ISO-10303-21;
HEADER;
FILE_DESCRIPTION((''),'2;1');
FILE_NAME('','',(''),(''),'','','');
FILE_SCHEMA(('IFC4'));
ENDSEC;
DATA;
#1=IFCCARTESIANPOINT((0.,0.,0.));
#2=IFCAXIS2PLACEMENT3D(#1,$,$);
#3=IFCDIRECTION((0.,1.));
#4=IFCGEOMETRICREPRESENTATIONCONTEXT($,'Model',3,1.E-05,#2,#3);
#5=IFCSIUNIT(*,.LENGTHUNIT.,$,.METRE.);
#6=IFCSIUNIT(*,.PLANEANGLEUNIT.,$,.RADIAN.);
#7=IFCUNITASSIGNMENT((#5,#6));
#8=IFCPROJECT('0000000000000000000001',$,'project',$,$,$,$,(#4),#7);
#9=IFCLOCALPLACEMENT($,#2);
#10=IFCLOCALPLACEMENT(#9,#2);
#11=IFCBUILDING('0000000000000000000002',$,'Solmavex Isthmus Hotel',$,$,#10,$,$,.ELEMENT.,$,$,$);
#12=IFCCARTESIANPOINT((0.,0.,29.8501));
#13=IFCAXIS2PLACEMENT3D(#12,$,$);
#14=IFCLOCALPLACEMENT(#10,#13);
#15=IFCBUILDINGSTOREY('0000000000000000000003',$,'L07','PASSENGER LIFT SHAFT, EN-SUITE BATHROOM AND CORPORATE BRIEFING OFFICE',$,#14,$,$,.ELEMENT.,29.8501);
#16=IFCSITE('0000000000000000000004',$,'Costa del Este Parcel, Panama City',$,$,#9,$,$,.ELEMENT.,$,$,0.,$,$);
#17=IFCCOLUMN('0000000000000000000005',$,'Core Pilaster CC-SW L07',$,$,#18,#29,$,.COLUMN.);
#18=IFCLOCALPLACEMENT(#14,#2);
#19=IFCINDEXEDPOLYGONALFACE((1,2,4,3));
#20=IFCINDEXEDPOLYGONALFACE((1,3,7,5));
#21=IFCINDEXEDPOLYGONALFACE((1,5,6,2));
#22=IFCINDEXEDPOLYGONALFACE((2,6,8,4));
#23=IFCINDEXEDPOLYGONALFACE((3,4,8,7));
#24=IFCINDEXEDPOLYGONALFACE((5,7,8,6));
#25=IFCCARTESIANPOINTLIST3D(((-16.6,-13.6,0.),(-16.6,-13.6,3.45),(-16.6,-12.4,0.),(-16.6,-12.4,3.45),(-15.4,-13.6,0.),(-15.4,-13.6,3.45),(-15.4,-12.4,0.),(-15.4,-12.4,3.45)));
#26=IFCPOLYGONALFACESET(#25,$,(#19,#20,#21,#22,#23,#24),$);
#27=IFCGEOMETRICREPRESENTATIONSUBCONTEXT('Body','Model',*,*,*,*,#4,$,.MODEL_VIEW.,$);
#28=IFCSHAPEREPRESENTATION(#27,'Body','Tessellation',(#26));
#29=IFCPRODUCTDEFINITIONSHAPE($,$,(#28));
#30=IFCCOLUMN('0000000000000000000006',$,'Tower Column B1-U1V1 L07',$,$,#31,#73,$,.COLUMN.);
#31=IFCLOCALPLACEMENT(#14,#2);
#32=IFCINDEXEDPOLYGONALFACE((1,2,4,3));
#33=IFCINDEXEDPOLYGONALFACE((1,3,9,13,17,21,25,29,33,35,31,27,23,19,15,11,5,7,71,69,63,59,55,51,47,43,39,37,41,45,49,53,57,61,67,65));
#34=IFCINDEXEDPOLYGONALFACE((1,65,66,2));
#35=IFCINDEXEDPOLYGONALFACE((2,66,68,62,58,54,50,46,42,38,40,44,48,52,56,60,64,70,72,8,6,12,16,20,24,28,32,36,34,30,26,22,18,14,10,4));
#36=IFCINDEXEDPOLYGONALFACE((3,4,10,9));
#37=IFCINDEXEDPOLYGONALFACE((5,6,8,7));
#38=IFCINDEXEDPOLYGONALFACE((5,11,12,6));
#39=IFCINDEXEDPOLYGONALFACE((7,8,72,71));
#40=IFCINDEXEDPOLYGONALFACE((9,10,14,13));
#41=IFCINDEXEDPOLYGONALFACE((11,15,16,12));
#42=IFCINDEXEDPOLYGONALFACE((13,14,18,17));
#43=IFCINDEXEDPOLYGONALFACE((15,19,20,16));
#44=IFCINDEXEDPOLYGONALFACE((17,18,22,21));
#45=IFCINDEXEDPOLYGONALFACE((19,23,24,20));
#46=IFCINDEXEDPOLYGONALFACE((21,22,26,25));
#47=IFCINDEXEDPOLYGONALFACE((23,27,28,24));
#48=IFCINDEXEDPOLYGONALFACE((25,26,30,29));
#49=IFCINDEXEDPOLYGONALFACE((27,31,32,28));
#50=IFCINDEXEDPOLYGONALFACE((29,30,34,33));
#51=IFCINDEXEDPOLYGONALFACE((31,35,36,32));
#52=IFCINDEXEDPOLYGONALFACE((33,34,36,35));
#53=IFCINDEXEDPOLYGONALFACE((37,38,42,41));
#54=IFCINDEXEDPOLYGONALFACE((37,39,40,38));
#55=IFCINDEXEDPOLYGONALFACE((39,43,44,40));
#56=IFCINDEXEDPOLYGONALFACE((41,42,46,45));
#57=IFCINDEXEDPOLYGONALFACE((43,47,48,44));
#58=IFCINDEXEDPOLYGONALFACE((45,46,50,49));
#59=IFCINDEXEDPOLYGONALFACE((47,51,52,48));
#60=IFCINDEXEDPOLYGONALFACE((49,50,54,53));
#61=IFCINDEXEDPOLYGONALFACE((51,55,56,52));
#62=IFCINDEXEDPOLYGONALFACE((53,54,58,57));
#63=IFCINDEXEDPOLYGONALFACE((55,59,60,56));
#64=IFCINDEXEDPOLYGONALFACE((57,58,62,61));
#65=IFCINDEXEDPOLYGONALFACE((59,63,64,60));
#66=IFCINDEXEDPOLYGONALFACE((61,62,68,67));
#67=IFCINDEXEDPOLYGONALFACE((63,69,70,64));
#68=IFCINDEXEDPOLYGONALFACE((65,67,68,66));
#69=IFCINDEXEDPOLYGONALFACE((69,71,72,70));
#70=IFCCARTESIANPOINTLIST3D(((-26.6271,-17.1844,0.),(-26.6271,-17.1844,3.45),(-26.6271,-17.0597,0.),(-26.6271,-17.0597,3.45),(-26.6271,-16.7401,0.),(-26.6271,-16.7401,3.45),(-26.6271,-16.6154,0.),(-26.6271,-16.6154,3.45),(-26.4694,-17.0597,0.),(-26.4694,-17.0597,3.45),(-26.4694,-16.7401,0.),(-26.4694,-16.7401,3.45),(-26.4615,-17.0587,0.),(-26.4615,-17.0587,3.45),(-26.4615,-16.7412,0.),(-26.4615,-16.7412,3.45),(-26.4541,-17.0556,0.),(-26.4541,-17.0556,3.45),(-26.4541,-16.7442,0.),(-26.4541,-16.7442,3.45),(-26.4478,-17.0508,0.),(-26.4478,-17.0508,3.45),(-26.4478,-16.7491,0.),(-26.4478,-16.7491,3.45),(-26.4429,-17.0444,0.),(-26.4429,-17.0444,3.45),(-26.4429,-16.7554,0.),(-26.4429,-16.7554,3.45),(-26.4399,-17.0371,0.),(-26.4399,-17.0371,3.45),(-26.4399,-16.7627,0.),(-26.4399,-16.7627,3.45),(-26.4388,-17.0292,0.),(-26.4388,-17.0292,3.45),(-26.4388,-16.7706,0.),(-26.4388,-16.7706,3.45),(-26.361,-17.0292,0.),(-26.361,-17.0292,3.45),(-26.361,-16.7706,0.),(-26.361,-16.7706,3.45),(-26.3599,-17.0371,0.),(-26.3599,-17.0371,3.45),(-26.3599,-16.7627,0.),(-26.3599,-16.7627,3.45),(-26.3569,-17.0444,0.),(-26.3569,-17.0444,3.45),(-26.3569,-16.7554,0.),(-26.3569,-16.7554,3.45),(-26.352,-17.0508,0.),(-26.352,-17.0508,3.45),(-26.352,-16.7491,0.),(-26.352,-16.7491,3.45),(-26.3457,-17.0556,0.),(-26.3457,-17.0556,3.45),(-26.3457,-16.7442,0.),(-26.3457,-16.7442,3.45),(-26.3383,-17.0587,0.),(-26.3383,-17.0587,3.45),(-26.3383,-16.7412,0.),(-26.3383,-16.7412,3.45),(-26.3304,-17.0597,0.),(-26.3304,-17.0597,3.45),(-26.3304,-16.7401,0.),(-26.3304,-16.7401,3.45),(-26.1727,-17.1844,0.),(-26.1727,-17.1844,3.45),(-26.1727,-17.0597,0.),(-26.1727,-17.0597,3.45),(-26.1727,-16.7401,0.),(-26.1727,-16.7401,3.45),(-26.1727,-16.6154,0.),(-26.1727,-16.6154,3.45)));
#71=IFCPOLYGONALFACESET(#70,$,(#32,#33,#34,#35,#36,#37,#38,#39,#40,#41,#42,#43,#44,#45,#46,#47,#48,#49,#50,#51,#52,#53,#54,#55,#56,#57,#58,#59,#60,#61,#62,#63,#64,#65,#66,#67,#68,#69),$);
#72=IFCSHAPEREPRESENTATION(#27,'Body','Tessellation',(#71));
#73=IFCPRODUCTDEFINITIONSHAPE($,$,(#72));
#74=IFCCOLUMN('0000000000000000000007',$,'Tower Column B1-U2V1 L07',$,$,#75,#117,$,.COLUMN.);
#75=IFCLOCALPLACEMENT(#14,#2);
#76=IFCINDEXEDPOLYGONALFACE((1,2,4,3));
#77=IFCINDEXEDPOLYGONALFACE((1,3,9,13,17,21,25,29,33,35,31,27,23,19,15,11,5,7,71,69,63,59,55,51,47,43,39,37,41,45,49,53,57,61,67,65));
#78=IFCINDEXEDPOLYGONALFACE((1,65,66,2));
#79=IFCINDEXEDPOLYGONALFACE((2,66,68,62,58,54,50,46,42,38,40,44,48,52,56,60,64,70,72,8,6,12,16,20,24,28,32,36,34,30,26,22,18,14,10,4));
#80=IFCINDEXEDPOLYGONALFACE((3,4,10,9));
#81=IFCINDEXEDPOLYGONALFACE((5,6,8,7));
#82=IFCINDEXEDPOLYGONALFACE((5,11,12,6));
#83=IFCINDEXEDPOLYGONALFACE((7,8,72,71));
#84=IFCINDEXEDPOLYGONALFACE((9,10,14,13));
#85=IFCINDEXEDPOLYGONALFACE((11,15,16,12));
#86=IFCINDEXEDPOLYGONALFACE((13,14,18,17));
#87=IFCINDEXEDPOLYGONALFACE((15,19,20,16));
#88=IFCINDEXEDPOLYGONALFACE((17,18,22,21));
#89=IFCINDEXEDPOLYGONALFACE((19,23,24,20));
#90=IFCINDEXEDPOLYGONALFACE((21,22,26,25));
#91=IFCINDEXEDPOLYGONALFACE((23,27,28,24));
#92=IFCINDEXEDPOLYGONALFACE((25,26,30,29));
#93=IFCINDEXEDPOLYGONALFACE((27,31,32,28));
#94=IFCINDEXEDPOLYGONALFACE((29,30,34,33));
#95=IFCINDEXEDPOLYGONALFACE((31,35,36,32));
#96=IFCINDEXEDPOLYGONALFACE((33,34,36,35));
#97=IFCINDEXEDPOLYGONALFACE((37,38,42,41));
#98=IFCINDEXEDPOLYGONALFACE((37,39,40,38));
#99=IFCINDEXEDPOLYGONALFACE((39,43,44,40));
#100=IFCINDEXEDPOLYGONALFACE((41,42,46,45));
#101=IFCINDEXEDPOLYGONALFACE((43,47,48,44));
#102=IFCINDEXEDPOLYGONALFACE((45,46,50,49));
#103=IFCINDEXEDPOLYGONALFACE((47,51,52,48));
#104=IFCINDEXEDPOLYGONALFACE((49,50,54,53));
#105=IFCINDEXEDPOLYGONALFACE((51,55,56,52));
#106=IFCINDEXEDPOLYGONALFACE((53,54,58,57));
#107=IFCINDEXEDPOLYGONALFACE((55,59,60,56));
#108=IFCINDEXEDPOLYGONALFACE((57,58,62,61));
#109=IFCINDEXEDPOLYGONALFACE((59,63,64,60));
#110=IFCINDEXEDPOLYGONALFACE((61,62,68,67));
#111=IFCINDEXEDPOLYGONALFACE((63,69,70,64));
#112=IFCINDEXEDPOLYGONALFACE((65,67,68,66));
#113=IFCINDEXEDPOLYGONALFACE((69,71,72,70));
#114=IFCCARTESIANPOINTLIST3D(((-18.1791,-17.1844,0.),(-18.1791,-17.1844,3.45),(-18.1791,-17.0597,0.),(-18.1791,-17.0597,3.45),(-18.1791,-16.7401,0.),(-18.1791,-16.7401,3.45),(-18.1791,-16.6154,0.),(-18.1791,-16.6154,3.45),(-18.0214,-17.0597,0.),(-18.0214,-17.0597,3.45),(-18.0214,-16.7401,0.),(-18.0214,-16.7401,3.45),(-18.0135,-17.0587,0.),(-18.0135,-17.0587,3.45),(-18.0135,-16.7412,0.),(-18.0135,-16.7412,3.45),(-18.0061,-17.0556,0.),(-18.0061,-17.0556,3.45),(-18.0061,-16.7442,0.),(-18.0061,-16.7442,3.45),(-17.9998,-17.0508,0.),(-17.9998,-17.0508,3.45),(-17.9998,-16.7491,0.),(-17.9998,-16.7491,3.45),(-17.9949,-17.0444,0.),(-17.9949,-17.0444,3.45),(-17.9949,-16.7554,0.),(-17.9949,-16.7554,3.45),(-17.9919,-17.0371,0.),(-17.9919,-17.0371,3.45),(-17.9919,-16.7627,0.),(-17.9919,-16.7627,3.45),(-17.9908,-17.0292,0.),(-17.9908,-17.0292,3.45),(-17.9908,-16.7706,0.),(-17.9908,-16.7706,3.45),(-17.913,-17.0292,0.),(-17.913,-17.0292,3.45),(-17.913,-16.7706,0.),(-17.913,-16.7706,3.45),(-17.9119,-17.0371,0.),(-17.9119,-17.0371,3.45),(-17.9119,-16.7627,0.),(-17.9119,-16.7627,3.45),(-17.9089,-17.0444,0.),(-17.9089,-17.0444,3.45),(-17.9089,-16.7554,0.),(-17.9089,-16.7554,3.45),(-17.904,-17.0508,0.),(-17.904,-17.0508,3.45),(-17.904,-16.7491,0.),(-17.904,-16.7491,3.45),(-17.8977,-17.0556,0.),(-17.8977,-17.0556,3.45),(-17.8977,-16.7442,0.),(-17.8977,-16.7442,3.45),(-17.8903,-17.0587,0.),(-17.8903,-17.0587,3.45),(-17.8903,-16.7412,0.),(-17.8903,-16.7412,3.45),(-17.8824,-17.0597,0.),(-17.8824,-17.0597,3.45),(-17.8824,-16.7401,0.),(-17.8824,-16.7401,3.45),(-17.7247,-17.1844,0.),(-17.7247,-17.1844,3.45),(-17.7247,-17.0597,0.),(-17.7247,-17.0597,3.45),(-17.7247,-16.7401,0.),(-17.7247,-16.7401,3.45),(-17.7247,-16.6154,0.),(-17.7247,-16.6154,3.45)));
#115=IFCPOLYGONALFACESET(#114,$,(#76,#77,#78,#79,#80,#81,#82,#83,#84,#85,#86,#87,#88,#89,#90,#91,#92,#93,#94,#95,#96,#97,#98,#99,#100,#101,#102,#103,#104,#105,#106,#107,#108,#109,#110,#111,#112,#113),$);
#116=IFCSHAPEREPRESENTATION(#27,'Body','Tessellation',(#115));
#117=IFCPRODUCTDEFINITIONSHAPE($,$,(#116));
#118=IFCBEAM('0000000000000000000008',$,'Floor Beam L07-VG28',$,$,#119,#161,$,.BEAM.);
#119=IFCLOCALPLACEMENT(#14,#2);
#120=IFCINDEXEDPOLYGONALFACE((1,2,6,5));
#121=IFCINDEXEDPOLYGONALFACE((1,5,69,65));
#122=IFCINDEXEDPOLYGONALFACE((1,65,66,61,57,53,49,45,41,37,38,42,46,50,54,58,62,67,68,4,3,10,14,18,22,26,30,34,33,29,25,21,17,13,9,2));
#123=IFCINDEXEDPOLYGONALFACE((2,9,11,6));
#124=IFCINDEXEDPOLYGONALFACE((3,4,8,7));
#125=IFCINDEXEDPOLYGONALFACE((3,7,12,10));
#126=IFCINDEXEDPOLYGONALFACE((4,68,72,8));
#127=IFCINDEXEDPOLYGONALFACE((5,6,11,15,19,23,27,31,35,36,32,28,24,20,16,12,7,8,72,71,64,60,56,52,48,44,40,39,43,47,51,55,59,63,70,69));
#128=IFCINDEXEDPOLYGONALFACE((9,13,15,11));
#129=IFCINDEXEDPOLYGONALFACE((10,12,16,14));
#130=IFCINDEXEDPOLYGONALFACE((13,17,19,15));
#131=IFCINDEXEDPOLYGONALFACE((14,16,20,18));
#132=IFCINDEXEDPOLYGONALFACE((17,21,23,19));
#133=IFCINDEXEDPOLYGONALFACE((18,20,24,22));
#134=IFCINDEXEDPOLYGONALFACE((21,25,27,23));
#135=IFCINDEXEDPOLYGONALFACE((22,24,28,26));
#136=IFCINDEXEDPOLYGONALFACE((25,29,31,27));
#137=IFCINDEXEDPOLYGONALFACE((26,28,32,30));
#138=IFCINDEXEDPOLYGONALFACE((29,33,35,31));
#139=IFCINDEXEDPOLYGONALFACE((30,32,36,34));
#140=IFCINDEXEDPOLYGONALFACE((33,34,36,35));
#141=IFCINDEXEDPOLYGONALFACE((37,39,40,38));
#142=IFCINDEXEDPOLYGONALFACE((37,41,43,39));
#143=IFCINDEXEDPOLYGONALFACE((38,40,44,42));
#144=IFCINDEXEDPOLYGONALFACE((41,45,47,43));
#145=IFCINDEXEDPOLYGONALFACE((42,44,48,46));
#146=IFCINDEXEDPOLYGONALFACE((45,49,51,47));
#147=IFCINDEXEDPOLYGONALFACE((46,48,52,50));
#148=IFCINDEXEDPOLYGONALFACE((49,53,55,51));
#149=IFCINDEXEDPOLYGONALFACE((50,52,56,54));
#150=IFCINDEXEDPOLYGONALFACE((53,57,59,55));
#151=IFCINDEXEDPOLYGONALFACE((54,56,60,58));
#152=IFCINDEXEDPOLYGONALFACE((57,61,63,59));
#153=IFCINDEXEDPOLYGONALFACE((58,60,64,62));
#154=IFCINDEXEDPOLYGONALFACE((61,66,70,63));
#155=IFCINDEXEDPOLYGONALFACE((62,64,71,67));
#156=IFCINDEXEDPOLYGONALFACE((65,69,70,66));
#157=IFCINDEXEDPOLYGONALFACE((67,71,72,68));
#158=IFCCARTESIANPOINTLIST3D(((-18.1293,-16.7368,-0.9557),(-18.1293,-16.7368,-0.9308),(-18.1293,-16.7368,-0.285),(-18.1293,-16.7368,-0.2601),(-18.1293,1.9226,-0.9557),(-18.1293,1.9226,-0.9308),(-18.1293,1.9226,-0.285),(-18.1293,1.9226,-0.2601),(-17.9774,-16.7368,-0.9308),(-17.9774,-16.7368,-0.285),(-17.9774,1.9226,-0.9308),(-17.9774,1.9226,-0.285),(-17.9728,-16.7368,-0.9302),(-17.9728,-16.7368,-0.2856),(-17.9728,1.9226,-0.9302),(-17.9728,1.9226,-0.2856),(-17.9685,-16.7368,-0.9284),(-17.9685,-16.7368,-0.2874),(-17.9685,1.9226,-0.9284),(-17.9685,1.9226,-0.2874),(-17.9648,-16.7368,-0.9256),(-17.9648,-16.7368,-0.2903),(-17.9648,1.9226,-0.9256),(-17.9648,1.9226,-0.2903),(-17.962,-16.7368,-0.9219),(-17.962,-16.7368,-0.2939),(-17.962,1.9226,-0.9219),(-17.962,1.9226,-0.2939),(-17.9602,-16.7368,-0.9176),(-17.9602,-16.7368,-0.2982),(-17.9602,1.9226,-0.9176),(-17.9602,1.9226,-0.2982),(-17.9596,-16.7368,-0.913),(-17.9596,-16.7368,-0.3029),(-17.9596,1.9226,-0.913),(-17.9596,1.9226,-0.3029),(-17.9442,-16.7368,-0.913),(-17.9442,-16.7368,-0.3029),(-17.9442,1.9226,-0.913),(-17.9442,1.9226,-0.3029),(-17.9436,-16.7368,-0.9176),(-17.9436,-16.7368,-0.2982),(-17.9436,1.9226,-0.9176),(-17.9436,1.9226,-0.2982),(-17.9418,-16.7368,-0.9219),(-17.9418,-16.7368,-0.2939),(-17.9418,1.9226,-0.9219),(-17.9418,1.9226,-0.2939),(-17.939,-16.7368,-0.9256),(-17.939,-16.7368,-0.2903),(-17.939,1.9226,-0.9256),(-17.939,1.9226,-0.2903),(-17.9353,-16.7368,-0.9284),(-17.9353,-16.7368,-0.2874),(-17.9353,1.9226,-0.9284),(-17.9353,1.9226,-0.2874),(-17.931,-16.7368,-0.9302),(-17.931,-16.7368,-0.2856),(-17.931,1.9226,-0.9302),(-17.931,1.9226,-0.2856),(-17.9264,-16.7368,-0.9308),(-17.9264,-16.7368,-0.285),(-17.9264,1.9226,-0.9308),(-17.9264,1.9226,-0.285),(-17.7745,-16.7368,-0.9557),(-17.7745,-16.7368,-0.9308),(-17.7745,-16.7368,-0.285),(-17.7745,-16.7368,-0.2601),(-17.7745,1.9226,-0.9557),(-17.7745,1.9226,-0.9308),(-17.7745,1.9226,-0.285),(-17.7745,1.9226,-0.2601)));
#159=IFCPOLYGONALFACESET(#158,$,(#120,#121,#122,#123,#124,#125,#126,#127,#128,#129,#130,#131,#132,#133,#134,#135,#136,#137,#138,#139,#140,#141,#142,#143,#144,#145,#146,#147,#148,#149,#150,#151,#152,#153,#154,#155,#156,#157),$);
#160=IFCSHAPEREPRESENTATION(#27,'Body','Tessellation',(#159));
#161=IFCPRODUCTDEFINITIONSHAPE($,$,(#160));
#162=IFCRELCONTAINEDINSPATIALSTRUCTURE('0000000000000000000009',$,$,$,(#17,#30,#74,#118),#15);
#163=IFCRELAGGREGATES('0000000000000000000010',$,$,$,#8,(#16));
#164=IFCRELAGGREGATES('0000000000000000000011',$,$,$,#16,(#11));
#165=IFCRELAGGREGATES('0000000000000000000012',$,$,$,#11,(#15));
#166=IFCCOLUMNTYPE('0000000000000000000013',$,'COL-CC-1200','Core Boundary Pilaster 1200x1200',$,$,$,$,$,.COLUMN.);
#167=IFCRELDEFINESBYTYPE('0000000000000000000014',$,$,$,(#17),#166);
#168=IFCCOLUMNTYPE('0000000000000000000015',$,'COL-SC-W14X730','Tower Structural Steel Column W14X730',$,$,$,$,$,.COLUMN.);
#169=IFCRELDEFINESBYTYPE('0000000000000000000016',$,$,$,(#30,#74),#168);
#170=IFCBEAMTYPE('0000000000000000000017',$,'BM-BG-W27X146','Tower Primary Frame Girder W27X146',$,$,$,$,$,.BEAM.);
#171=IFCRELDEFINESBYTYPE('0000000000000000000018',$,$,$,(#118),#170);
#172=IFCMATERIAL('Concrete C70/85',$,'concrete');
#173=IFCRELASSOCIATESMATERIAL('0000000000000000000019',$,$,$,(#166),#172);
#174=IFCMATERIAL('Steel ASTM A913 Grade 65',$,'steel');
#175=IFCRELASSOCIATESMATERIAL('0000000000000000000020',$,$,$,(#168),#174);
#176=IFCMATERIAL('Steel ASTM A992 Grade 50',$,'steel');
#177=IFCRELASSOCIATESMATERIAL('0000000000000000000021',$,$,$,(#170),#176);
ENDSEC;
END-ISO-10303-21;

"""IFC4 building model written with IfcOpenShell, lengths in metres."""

from ifc_helpers import new_model, si_unit, direction, frame, origin, origin_2d, place, context, subcontext, project, spatial, rectangle, i_section, extrude, material, material_profile, profile_set, type_object, element, save


model = new_model("IFC4")

# Units and contexts
model_context = context("Model", 3, precision=1e-05, world=origin(), true_north=direction((0.0, 1.0)))
body_context = subcontext(model_context, "Body", "Model", "MODEL_VIEW")
ifc_project = project(units=[si_unit("LENGTHUNIT", "METRE"), si_unit("PLANEANGLEUNIT", "RADIAN")], contexts=[model_context])

# Site, building, storey
site_placement = place(None, origin())
site = spatial("IfcSite", under=ifc_project, at=site_placement, Name="Costa del Este Parcel, Panama City", CompositionType="ELEMENT", RefElevation=0.0)
building_placement = place(site_placement, origin())
building = spatial("IfcBuilding", under=site, at=building_placement, Name="Solmavex Isthmus Hotel", CompositionType="ELEMENT")
storey_placement = place(building_placement, frame((0.0, 0.0, 29.8501)))
storey = spatial("IfcBuildingStorey", under=building, at=storey_placement, Name="L07", Description="PASSENGER LIFT SHAFT, EN-SUITE BATHROOM AND CORPORATE BRIEFING OFFICE", CompositionType="ELEMENT", Elevation=29.8501)

# Columns
ifc_material_1 = material(Name="Concrete C70/85", Category="concrete")
ifc_material_profile_1 = material_profile(ifc_material_1, rectangle(XDim=1.2, YDim=1.2, at=origin_2d()), Name="RC1200X1200")
ifc_profile_set_1 = profile_set([ifc_material_profile_1], Name="Concrete C70/85")
column_type_1 = type_object("IfcColumnType", Name="COL-CC-1200", Description="Core Boundary Pilaster 1200x1200", PredefinedType="COLUMN", material=ifc_profile_set_1)
column_placement = place(storey_placement, frame((-16.0, -13.0, 0.0), z_axis=(0.0, 0.0, 1.0), x_axis=(1.0, 0.0, 0.0)))
element("IfcColumn", 1, at=column_placement, inside=storey, type_object=column_type_1, Name="Core Pilaster CC-SW L07", PredefinedType="COLUMN", context=body_context, shape_type="SweptSolid", body=[
    extrude(rectangle(XDim=1.2, YDim=1.2, at=origin_2d()), origin(), (0.0, 0.0, 1.0), 3.45),
])
ifc_material_2 = material(Name="Steel ASTM A913 Grade 65", Category="steel")
ifc_material_profile_2 = material_profile(ifc_material_2, i_section(OverallWidth=0.4543, OverallDepth=0.5691, WebThickness=0.0779, FlangeThickness=0.1248, FilletRadius=0.0305, at=origin_2d()), Name="W14X730")
ifc_profile_set_2 = profile_set([ifc_material_profile_2], Name="Steel ASTM A913 Grade 65")
column_type_2 = type_object("IfcColumnType", Name="COL-SC-W14X730", Description="Tower Structural Steel Column W14X730", PredefinedType="COLUMN", material=ifc_profile_set_2)
for number, where, z_axis, x_axis, name in (
    (2, (-26.3999, -16.8999, 0.0), (0.0, 0.0, 1.0), (1.0, 0.0, 0.0), "Tower Column B1-U1V1 L07"),
    (3, (-17.9519, -16.8999, 0.0), (0.0, 0.0, 1.0), (1.0, 0.0, 0.0), "Tower Column B1-U2V1 L07"),
):
    element("IfcColumn", number, at=place(storey_placement, frame(where, z_axis=z_axis, x_axis=x_axis)), inside=storey, type_object=column_type_2, Name=name, PredefinedType="COLUMN", context=body_context, shape_type="SweptSolid", body=[
        extrude(i_section(OverallWidth=0.4543, OverallDepth=0.5691, WebThickness=0.0779, FlangeThickness=0.1248, FilletRadius=0.0305, at=origin_2d()), origin(), (0.0, 0.0, 1.0), 3.45),
    ])

# Beam
ifc_material_3 = material(Name="Steel ASTM A992 Grade 50", Category="steel")
ifc_material_profile_3 = material_profile(ifc_material_3, i_section(OverallWidth=0.3547, OverallDepth=0.6956, WebThickness=0.0154, FlangeThickness=0.0249, FilletRadius=0.0178, at=origin_2d()), Name="W27X146")
ifc_profile_set_3 = profile_set([ifc_material_profile_3], Name="Steel ASTM A992 Grade 50")
beam_type_1 = type_object("IfcBeamType", Name="BM-BG-W27X146", Description="Tower Primary Frame Girder W27X146", PredefinedType="BEAM", material=ifc_profile_set_3)
beam_1_placement = place(storey_placement, frame((-17.9519, -16.7368, -0.6079), z_axis=(0.0, 1.0, 0.0), x_axis=(-1.0, 0.0, 0.0)))
element("IfcBeam", 4, at=beam_1_placement, inside=storey, type_object=beam_type_1, Name="Floor Beam L07-VG28", PredefinedType="BEAM", context=body_context, shape_type="SweptSolid", body=[
    extrude(i_section(OverallWidth=0.3547, OverallDepth=0.6956, WebThickness=0.0154, FlangeThickness=0.0249, FilletRadius=0.0178, at=origin_2d()), origin(), (0.0, 0.0, 1.0), 18.6594),
])

save(model, "model.ifc")
